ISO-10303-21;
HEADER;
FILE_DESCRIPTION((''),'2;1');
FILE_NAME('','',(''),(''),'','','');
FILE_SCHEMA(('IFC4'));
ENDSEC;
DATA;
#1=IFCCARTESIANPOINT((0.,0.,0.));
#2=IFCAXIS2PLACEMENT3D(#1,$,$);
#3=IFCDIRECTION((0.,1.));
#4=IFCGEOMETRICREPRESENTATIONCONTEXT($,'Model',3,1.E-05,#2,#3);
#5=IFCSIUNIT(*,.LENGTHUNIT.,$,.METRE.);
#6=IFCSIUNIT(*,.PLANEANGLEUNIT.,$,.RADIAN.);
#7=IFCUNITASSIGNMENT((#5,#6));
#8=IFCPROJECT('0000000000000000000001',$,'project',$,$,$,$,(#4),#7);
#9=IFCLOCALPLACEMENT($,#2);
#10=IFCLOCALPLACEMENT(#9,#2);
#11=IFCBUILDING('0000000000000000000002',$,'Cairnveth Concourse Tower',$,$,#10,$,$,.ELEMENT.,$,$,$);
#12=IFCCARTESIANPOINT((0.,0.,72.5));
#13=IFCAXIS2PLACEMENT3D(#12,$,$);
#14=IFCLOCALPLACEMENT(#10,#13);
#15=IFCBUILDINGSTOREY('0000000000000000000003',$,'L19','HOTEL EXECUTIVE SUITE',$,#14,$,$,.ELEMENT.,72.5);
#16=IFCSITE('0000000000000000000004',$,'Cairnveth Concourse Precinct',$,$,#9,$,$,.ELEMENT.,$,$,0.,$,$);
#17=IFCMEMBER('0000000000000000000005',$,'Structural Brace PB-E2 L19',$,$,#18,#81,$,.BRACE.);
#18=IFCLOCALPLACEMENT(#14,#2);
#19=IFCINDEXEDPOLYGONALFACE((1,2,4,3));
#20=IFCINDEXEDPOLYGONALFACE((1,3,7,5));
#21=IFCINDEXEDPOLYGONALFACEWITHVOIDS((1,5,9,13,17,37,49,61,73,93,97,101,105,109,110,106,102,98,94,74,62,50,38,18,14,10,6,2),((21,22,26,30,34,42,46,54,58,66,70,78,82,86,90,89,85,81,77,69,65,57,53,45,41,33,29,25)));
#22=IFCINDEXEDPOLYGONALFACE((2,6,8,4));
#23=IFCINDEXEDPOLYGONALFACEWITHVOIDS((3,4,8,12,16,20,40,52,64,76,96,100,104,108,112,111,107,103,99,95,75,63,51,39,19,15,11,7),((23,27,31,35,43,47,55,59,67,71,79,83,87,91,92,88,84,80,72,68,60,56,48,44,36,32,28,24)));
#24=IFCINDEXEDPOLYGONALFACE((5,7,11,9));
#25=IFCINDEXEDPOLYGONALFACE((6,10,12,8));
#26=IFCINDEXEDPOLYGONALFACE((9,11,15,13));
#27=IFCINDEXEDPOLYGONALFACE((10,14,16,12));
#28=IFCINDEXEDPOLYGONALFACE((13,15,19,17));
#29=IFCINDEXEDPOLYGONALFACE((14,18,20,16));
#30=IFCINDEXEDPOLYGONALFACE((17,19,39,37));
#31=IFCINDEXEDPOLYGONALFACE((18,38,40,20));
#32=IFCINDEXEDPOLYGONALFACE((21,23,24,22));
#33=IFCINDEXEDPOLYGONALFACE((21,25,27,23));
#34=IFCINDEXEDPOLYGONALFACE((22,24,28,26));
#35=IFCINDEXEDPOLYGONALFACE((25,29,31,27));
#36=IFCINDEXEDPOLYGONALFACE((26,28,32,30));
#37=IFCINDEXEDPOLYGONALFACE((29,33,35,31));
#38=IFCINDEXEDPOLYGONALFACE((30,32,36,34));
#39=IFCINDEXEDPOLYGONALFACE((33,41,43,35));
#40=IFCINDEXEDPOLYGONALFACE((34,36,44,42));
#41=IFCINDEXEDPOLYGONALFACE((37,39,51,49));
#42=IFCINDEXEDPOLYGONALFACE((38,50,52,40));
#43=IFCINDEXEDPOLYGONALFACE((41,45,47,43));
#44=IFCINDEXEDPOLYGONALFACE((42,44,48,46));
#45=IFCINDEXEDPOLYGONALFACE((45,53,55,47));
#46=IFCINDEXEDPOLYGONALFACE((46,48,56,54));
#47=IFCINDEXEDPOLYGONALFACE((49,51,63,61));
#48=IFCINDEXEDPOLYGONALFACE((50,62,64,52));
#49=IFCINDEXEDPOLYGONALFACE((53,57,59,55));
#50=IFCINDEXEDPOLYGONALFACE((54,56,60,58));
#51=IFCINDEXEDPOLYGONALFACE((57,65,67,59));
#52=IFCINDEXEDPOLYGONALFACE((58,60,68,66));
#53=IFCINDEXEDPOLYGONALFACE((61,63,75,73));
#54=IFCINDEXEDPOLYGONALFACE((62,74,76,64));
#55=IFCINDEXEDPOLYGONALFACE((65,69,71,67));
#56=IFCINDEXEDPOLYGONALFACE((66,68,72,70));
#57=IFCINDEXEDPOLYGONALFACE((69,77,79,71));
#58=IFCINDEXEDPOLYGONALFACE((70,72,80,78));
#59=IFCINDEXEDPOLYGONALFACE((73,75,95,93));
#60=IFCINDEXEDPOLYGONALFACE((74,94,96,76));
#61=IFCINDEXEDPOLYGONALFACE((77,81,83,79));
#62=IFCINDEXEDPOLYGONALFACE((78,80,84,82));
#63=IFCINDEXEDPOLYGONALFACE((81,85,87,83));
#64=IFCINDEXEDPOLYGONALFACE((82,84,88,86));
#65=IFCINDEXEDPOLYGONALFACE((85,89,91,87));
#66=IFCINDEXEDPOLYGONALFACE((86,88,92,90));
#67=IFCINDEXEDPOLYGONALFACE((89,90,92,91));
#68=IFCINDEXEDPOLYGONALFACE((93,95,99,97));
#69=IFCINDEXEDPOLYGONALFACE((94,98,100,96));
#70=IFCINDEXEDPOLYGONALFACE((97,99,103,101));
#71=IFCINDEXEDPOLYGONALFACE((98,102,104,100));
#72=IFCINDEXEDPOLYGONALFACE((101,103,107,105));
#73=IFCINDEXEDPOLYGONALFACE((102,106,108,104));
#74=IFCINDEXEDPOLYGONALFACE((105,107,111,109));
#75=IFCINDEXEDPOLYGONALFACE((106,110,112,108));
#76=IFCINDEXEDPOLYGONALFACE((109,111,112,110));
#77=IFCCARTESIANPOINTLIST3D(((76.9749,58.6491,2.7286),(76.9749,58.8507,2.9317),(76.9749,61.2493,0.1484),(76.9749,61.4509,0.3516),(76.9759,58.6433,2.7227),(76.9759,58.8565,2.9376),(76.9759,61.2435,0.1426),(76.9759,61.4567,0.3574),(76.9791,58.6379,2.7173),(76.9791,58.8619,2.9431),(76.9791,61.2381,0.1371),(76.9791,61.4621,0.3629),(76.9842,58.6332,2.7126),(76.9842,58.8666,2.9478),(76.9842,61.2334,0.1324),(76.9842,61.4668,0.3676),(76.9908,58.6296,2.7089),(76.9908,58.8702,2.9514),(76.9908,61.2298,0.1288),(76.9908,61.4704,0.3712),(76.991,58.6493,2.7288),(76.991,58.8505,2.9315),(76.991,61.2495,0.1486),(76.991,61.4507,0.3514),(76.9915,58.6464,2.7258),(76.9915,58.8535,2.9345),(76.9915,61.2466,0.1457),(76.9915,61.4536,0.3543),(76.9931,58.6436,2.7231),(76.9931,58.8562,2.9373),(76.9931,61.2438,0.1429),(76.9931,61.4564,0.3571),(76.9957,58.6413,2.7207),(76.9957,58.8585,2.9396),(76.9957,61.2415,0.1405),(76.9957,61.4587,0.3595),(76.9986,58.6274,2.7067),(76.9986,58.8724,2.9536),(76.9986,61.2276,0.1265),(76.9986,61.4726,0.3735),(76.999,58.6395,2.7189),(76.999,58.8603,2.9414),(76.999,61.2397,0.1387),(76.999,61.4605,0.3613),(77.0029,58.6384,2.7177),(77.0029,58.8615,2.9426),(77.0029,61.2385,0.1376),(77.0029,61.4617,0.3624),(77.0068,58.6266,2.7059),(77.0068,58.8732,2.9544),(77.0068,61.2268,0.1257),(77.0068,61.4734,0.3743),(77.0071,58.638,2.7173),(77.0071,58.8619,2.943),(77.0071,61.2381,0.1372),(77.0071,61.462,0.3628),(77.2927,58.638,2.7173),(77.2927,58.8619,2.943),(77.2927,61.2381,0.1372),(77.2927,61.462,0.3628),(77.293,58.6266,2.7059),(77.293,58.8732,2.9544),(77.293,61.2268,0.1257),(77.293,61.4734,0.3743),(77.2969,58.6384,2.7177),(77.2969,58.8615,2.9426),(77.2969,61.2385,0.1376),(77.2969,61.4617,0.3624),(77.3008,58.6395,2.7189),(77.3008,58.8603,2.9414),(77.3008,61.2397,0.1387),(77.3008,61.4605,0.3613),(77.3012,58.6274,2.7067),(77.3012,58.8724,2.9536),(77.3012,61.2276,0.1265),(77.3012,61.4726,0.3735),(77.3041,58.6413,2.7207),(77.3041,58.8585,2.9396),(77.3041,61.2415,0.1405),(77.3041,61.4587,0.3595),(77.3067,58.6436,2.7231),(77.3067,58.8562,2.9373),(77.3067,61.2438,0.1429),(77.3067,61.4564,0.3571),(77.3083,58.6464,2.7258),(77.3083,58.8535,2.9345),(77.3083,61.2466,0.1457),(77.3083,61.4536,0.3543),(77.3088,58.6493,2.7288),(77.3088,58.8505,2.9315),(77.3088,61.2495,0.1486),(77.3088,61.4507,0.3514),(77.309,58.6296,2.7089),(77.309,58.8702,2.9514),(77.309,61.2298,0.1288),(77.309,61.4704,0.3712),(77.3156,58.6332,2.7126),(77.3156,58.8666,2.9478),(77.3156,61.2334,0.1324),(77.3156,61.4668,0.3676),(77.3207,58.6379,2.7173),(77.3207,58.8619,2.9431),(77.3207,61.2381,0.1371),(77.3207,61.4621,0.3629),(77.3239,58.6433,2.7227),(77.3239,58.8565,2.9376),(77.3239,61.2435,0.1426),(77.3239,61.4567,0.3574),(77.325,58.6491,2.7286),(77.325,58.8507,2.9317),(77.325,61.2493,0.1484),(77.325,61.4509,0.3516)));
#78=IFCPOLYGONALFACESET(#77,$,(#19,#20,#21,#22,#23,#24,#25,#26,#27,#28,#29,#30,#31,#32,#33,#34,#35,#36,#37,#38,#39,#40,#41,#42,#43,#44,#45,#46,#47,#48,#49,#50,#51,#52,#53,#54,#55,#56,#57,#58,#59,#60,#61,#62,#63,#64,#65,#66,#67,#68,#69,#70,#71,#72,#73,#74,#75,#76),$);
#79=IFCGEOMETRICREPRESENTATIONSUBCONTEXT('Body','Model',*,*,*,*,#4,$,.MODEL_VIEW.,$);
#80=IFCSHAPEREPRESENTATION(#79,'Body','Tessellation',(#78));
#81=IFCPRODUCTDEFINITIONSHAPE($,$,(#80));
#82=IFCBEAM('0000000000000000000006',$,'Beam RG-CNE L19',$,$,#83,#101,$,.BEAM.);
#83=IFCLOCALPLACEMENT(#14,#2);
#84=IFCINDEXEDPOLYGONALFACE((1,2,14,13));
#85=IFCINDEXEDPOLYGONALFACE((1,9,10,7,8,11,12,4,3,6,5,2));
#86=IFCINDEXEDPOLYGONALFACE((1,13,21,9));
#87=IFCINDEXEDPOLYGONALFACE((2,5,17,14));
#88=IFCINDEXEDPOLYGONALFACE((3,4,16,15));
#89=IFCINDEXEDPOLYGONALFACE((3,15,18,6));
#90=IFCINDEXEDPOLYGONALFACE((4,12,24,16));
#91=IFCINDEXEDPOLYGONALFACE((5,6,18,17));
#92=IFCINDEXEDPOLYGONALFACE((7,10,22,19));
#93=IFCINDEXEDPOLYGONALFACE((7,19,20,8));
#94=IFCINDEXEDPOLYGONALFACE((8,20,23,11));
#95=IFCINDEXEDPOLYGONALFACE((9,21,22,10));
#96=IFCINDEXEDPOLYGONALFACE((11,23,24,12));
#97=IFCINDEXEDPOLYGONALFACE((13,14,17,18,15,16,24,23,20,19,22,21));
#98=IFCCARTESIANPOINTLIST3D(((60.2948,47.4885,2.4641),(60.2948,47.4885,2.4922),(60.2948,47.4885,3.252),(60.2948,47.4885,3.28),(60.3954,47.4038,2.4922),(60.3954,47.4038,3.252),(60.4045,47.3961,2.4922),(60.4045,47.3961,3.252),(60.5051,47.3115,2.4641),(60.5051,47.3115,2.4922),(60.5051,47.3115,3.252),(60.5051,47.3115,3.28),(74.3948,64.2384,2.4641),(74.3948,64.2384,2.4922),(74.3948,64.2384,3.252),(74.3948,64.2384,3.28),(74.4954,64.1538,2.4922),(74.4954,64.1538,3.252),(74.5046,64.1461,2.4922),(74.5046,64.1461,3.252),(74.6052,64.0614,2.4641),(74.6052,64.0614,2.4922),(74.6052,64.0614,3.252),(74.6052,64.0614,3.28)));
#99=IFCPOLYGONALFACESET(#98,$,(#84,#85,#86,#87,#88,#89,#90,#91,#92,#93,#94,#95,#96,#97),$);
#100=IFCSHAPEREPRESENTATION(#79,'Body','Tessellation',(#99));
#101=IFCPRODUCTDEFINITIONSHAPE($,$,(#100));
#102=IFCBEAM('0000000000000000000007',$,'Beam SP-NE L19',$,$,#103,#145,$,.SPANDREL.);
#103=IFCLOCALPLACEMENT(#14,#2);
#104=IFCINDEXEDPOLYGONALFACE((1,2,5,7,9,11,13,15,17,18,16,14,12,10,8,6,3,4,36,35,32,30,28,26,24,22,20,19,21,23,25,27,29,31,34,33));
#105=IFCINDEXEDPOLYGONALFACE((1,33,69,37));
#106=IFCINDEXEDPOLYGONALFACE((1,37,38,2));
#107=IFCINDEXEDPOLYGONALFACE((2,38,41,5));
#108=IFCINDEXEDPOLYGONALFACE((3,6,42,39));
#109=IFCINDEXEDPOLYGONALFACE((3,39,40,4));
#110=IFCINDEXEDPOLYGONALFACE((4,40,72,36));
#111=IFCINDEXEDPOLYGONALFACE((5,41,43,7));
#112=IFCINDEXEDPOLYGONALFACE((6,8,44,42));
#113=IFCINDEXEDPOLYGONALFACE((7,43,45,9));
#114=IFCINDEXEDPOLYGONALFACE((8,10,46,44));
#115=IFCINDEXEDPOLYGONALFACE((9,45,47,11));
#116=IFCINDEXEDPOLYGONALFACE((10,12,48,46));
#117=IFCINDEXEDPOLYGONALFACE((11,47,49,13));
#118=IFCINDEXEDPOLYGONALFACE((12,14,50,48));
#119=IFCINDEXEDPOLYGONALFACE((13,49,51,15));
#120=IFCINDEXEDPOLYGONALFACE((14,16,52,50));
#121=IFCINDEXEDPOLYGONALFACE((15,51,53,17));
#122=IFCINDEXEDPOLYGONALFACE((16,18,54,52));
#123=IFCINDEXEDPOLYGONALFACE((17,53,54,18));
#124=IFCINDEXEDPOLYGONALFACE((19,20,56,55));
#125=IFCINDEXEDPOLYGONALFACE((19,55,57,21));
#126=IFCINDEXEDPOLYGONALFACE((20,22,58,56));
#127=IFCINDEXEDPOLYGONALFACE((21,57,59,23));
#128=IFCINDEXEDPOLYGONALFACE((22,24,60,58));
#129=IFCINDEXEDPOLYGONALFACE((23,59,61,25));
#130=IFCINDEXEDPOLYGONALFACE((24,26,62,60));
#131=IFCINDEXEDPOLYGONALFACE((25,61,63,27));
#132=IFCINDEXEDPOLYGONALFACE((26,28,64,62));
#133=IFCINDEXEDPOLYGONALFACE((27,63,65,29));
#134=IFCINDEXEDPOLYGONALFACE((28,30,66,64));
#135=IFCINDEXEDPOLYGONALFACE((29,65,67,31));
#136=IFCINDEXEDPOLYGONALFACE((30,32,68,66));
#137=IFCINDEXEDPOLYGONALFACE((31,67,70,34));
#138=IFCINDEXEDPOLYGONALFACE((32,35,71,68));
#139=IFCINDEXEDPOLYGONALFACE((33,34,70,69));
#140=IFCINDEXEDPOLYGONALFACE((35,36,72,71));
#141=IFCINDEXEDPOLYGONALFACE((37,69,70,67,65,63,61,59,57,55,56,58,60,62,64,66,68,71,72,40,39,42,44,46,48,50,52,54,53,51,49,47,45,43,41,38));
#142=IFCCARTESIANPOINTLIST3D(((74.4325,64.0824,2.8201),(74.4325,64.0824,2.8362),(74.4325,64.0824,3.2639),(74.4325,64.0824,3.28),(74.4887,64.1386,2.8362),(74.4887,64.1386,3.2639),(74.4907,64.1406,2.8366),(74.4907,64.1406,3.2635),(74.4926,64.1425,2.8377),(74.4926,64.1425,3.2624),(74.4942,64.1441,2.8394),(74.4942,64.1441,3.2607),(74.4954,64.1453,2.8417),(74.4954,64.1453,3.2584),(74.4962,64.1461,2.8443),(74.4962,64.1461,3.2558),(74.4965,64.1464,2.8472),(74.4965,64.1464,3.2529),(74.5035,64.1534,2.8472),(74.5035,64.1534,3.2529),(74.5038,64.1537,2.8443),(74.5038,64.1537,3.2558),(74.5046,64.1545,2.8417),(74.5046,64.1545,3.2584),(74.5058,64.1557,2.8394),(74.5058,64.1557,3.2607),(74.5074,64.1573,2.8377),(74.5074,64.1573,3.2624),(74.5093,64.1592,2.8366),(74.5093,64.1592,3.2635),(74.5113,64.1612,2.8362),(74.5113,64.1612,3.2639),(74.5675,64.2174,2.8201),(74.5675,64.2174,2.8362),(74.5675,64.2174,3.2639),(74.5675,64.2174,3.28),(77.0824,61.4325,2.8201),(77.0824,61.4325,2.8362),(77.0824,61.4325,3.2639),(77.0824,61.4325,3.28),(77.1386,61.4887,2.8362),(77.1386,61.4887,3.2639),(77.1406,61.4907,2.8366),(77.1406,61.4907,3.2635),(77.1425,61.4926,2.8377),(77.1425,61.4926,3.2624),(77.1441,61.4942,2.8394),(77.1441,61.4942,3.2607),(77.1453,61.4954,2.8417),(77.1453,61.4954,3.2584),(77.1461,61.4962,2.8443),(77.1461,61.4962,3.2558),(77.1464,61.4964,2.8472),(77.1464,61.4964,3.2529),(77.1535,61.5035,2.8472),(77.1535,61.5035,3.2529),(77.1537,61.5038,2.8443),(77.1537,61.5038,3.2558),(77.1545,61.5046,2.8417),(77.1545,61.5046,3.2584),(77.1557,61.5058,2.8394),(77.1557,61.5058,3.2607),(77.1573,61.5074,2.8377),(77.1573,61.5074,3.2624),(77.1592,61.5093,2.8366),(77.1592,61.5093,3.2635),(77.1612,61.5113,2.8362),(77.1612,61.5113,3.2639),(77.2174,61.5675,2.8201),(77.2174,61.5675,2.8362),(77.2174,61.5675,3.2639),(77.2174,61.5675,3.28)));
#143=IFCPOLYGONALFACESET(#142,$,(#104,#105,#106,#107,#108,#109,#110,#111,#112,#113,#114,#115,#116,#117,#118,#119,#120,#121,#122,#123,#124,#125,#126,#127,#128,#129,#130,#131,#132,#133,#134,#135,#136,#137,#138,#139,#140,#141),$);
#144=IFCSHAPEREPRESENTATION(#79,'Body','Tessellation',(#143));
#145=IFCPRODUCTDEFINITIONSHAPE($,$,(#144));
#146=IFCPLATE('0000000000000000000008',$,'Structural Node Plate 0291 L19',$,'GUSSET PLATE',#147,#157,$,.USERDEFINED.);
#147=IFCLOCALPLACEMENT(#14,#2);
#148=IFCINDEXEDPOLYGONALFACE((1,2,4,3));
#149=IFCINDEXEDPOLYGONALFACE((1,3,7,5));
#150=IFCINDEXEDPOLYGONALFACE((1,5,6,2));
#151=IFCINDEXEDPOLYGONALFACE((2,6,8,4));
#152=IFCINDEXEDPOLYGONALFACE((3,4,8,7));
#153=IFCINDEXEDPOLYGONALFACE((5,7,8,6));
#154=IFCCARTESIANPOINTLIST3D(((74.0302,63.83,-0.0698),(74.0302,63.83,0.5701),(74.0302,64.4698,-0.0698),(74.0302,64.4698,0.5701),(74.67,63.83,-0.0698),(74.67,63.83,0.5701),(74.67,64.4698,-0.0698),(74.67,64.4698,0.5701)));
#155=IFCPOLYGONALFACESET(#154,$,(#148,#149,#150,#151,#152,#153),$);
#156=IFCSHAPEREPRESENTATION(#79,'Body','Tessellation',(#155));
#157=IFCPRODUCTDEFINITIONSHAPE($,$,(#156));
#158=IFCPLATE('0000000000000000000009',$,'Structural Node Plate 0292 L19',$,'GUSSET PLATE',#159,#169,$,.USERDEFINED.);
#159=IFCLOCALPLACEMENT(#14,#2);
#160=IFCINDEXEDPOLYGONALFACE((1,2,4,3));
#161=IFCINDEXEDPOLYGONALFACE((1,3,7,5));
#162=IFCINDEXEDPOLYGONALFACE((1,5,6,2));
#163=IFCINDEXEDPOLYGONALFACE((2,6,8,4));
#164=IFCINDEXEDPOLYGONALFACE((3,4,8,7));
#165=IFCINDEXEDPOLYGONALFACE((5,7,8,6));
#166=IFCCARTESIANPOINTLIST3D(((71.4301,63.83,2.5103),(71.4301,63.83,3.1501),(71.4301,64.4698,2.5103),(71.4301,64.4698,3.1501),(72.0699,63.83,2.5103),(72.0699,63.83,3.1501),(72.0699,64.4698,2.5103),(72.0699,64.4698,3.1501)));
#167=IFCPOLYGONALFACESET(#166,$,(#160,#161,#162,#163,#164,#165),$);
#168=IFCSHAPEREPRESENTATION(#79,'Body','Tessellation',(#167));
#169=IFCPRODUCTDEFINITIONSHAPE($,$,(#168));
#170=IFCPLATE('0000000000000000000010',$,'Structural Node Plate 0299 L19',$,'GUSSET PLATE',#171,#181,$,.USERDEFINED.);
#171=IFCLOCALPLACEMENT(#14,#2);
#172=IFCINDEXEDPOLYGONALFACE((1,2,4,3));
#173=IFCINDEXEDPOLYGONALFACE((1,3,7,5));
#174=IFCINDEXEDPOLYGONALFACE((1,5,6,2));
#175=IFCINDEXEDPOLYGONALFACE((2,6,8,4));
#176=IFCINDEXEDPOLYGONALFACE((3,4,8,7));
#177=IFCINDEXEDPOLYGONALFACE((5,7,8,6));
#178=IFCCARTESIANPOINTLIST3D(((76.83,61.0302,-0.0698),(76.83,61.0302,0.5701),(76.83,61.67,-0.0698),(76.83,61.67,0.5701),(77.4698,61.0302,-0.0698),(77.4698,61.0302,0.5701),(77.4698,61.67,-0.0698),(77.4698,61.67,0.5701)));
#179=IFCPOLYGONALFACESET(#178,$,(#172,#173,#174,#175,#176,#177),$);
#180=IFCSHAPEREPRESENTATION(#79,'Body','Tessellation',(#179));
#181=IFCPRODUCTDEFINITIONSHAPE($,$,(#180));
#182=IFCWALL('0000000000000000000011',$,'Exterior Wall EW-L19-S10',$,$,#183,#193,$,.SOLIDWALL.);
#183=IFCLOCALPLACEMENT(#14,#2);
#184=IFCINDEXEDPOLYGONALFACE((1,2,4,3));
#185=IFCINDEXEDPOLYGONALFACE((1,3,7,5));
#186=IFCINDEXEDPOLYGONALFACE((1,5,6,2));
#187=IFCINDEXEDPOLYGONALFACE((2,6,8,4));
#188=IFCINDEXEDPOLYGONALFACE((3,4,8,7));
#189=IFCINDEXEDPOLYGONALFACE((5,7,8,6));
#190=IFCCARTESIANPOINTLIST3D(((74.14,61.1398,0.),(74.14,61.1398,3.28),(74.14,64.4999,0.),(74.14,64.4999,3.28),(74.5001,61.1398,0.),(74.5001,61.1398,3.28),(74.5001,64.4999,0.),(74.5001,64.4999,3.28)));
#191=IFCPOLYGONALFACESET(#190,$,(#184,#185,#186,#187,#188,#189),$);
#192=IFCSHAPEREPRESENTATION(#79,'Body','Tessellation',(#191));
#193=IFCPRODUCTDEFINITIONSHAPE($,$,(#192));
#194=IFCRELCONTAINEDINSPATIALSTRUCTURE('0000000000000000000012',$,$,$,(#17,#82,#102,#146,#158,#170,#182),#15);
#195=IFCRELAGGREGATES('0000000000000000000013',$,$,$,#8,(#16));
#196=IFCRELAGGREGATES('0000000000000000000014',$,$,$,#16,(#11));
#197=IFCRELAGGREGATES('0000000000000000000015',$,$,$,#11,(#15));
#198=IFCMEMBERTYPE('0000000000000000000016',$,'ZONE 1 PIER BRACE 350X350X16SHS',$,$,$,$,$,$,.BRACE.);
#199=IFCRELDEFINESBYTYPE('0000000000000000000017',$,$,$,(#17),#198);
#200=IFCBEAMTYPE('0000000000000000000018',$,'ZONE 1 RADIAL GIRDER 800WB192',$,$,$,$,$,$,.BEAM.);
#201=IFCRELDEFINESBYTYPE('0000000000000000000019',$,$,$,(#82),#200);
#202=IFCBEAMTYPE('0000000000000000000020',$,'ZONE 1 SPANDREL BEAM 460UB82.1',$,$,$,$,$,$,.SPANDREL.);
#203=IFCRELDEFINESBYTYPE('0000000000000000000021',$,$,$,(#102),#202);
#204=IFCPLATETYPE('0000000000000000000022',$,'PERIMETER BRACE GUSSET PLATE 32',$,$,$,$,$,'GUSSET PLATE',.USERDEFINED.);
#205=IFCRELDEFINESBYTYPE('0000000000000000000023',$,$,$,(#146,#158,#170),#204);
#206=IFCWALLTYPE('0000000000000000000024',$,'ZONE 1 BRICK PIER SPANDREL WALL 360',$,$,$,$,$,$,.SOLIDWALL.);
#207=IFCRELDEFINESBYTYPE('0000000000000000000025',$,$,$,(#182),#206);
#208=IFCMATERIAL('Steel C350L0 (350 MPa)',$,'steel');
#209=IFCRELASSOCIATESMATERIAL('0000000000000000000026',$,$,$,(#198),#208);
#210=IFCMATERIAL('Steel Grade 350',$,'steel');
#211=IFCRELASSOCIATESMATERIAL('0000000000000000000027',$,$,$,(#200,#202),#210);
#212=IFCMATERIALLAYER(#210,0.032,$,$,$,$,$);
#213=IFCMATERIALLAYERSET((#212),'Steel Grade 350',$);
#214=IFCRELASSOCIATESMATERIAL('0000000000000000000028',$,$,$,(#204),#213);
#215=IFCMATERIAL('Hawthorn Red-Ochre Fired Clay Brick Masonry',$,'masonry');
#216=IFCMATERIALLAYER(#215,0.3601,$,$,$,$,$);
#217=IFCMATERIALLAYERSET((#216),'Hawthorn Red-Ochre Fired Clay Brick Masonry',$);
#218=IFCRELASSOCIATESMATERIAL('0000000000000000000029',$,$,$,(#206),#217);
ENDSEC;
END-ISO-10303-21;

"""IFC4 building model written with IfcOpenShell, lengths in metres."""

from ifc_helpers import new_model, si_unit, direction, frame, frame_2d, origin, origin_2d, place, context, subcontext, project, spatial, rectangle, hollow_rectangle, i_section, extrude, material, layer, layer_set, material_profile, profile_set, type_object, element, save


model = new_model("IFC4")

# Units and contexts
model_context = context("Model", 3, precision=1e-05, world=origin(), true_north=direction((0.0, 1.0)))
body_context = subcontext(model_context, "Body", "Model", "MODEL_VIEW")
ifc_project = project(units=[si_unit("LENGTHUNIT", "METRE"), si_unit("PLANEANGLEUNIT", "RADIAN")], contexts=[model_context])

# Site, building, storey
site_placement = place(None, origin())
site = spatial("IfcSite", under=ifc_project, at=site_placement, Name="Cairnveth Concourse Precinct", CompositionType="ELEMENT", RefElevation=0.0)
building_placement = place(site_placement, origin())
building = spatial("IfcBuilding", under=site, at=building_placement, Name="Cairnveth Concourse Tower", CompositionType="ELEMENT")
storey_placement = place(building_placement, frame((0.0, 0.0, 72.5)))
storey = spatial("IfcBuildingStorey", under=building, at=storey_placement, Name="L19", Description="HOTEL EXECUTIVE SUITE", CompositionType="ELEMENT", Elevation=72.5)

# Shared definitions
ifc_material_1 = material(Name="Steel Grade 350", Category="steel")

# Member
ifc_material_2 = material(Name="Steel C350L0 (350 MPa)", Category="steel")
ifc_material_profile_1 = material_profile(ifc_material_2, hollow_rectangle(XDim=0.3501, YDim=0.3501, WallThickness=0.0161, InnerFilletRadius=0.0161, OuterFilletRadius=0.032, at=origin_2d()), Name="350x350x16.0SHS")
ifc_profile_set_1 = profile_set([ifc_material_profile_1], Name="Steel C350L0 (350 MPa)")
member_type = type_object("IfcMemberType", Name="ZONE 1 PIER BRACE 350X350X16SHS", PredefinedType="BRACE", material=ifc_profile_set_1)
for number, where, z_axis, x_axis, name in (
    (1, (77.1499, 61.3501, 0.25), (0.0, -0.709834, 0.704369), (1.0, 0.0, 0.0), "Structural Brace PB-E2 L19"),
):
    element("IfcMember", number, at=place(storey_placement, frame(where, z_axis=z_axis, x_axis=x_axis)), inside=storey, type_object=member_type, Name=name, PredefinedType="BRACE", context=body_context, shape_type="SweptSolid", body=[
        extrude(hollow_rectangle(XDim=0.3501, YDim=0.3501, WallThickness=0.0161, InnerFilletRadius=0.0161, OuterFilletRadius=0.032, at=origin_2d()), origin(), (0.0, 0.0, 1.0), 3.6631),
    ])

# Beams
ifc_material_profile_2 = material_profile(ifc_material_1, i_section(OverallWidth=0.2749, OverallDepth=0.8159, WebThickness=0.012, FlangeThickness=0.0281, at=origin_2d()), Name="800WB192")
ifc_profile_set_2 = profile_set([ifc_material_profile_2], Name="Steel Grade 350")
beam_type_1 = type_object("IfcBeamType", Name="ZONE 1 RADIAL GIRDER 800WB192", PredefinedType="BEAM", material=ifc_profile_set_2)
beam_1_placement = place(storey_placement, frame((74.5, 64.1499, 2.8721), z_axis=(-0.643998, -0.765027, 0.0), x_axis=(0.765027, -0.643998, 0.0)))
element("IfcBeam", 2, at=beam_1_placement, inside=storey, type_object=beam_type_1, Name="Beam RG-CNE L19", PredefinedType="BEAM", context=body_context, shape_type="SweptSolid", body=[
    extrude(i_section(OverallWidth=0.2749, OverallDepth=0.8159, WebThickness=0.012, FlangeThickness=0.0281, at=origin_2d()), origin(), (0.0, 0.0, 1.0), 21.8945),
])
ifc_material_profile_3 = material_profile(ifc_material_1, i_section(OverallWidth=0.1909, OverallDepth=0.46, WebThickness=0.01, FlangeThickness=0.0161, FilletRadius=0.011, at=origin_2d()), Name="460UB82.1")
ifc_profile_set_3 = profile_set([ifc_material_profile_3], Name="Steel Grade 350")
beam_type_2 = type_object("IfcBeamType", Name="ZONE 1 SPANDREL BEAM 460UB82.1", PredefinedType="SPANDREL", material=ifc_profile_set_3)
beam_2_placement = place(storey_placement, frame((74.5, 64.1499, 3.05), z_axis=(0.707107, -0.707107, 0.0), x_axis=(0.707107, 0.707107, 0.0)))
element("IfcBeam", 3, at=beam_2_placement, inside=storey, type_object=beam_type_2, Name="Beam SP-NE L19", PredefinedType="SPANDREL", context=body_context, shape_type="SweptSolid", body=[
    extrude(i_section(OverallWidth=0.1909, OverallDepth=0.46, WebThickness=0.01, FlangeThickness=0.0161, FilletRadius=0.011, at=origin_2d()), origin(), (0.0, 0.0, 1.0), 3.7476),
])

# Plates
ifc_layer_1 = layer(ifc_material_1, 0.032)
ifc_layer_set_1 = layer_set([ifc_layer_1], Name="Steel Grade 350")
plate_type = type_object("IfcPlateType", Name="PERIMETER BRACE GUSSET PLATE 32", ElementType="GUSSET PLATE", PredefinedType="USERDEFINED", material=ifc_layer_set_1)
for number, where, z_axis, x_axis, name in (
    (4, (74.3501, 64.1499, -0.0698), (0.0, 0.0, 1.0), (1.0, 0.0, 0.0), "Structural Node Plate 0291 L19"),
    (5, (71.75, 64.1499, 2.5103), (0.0, 0.0, 1.0), (1.0, 0.0, 0.0), "Structural Node Plate 0292 L19"),
    (6, (77.1499, 61.3501, -0.0698), (0.0, 0.0, 1.0), (1.0, 0.0, 0.0), "Structural Node Plate 0299 L19"),
):
    element("IfcPlate", number, at=place(storey_placement, frame(where, z_axis=z_axis, x_axis=x_axis)), inside=storey, type_object=plate_type, Name=name, ObjectType="GUSSET PLATE", PredefinedType="USERDEFINED", context=body_context, shape_type="SweptSolid", body=[
        extrude(rectangle(XDim=0.6399, YDim=0.6399, at=origin_2d()), origin(), (0.0, 0.0, 1.0), 0.6399),
    ])

# Wall
ifc_material_3 = material(Name="Hawthorn Red-Ochre Fired Clay Brick Masonry", Category="masonry")
ifc_layer_2 = layer(ifc_material_3, 0.3601)
ifc_layer_set_2 = layer_set([ifc_layer_2], Name="Hawthorn Red-Ochre Fired Clay Brick Masonry")
wall_type = type_object("IfcWallType", Name="ZONE 1 BRICK PIER SPANDREL WALL 360", PredefinedType="SOLIDWALL", material=ifc_layer_set_2)
wall_1_placement = place(storey_placement, frame((74.3201, 64.5, 0.0), z_axis=(0.0, 0.0, 1.0), x_axis=(0.0, -1.0, 0.0)))
element("IfcWall", 7, at=wall_1_placement, inside=storey, type_object=wall_type, Name="Exterior Wall EW-L19-S10", PredefinedType="SOLIDWALL", context=body_context, shape_type="SweptSolid", body=[
    extrude(rectangle(XDim=3.3601, YDim=0.3601, at=frame_2d((1.6802, 0.0))), origin(), (0.0, 0.0, 1.0), 3.28),
])

save(model, "model.ifc")
